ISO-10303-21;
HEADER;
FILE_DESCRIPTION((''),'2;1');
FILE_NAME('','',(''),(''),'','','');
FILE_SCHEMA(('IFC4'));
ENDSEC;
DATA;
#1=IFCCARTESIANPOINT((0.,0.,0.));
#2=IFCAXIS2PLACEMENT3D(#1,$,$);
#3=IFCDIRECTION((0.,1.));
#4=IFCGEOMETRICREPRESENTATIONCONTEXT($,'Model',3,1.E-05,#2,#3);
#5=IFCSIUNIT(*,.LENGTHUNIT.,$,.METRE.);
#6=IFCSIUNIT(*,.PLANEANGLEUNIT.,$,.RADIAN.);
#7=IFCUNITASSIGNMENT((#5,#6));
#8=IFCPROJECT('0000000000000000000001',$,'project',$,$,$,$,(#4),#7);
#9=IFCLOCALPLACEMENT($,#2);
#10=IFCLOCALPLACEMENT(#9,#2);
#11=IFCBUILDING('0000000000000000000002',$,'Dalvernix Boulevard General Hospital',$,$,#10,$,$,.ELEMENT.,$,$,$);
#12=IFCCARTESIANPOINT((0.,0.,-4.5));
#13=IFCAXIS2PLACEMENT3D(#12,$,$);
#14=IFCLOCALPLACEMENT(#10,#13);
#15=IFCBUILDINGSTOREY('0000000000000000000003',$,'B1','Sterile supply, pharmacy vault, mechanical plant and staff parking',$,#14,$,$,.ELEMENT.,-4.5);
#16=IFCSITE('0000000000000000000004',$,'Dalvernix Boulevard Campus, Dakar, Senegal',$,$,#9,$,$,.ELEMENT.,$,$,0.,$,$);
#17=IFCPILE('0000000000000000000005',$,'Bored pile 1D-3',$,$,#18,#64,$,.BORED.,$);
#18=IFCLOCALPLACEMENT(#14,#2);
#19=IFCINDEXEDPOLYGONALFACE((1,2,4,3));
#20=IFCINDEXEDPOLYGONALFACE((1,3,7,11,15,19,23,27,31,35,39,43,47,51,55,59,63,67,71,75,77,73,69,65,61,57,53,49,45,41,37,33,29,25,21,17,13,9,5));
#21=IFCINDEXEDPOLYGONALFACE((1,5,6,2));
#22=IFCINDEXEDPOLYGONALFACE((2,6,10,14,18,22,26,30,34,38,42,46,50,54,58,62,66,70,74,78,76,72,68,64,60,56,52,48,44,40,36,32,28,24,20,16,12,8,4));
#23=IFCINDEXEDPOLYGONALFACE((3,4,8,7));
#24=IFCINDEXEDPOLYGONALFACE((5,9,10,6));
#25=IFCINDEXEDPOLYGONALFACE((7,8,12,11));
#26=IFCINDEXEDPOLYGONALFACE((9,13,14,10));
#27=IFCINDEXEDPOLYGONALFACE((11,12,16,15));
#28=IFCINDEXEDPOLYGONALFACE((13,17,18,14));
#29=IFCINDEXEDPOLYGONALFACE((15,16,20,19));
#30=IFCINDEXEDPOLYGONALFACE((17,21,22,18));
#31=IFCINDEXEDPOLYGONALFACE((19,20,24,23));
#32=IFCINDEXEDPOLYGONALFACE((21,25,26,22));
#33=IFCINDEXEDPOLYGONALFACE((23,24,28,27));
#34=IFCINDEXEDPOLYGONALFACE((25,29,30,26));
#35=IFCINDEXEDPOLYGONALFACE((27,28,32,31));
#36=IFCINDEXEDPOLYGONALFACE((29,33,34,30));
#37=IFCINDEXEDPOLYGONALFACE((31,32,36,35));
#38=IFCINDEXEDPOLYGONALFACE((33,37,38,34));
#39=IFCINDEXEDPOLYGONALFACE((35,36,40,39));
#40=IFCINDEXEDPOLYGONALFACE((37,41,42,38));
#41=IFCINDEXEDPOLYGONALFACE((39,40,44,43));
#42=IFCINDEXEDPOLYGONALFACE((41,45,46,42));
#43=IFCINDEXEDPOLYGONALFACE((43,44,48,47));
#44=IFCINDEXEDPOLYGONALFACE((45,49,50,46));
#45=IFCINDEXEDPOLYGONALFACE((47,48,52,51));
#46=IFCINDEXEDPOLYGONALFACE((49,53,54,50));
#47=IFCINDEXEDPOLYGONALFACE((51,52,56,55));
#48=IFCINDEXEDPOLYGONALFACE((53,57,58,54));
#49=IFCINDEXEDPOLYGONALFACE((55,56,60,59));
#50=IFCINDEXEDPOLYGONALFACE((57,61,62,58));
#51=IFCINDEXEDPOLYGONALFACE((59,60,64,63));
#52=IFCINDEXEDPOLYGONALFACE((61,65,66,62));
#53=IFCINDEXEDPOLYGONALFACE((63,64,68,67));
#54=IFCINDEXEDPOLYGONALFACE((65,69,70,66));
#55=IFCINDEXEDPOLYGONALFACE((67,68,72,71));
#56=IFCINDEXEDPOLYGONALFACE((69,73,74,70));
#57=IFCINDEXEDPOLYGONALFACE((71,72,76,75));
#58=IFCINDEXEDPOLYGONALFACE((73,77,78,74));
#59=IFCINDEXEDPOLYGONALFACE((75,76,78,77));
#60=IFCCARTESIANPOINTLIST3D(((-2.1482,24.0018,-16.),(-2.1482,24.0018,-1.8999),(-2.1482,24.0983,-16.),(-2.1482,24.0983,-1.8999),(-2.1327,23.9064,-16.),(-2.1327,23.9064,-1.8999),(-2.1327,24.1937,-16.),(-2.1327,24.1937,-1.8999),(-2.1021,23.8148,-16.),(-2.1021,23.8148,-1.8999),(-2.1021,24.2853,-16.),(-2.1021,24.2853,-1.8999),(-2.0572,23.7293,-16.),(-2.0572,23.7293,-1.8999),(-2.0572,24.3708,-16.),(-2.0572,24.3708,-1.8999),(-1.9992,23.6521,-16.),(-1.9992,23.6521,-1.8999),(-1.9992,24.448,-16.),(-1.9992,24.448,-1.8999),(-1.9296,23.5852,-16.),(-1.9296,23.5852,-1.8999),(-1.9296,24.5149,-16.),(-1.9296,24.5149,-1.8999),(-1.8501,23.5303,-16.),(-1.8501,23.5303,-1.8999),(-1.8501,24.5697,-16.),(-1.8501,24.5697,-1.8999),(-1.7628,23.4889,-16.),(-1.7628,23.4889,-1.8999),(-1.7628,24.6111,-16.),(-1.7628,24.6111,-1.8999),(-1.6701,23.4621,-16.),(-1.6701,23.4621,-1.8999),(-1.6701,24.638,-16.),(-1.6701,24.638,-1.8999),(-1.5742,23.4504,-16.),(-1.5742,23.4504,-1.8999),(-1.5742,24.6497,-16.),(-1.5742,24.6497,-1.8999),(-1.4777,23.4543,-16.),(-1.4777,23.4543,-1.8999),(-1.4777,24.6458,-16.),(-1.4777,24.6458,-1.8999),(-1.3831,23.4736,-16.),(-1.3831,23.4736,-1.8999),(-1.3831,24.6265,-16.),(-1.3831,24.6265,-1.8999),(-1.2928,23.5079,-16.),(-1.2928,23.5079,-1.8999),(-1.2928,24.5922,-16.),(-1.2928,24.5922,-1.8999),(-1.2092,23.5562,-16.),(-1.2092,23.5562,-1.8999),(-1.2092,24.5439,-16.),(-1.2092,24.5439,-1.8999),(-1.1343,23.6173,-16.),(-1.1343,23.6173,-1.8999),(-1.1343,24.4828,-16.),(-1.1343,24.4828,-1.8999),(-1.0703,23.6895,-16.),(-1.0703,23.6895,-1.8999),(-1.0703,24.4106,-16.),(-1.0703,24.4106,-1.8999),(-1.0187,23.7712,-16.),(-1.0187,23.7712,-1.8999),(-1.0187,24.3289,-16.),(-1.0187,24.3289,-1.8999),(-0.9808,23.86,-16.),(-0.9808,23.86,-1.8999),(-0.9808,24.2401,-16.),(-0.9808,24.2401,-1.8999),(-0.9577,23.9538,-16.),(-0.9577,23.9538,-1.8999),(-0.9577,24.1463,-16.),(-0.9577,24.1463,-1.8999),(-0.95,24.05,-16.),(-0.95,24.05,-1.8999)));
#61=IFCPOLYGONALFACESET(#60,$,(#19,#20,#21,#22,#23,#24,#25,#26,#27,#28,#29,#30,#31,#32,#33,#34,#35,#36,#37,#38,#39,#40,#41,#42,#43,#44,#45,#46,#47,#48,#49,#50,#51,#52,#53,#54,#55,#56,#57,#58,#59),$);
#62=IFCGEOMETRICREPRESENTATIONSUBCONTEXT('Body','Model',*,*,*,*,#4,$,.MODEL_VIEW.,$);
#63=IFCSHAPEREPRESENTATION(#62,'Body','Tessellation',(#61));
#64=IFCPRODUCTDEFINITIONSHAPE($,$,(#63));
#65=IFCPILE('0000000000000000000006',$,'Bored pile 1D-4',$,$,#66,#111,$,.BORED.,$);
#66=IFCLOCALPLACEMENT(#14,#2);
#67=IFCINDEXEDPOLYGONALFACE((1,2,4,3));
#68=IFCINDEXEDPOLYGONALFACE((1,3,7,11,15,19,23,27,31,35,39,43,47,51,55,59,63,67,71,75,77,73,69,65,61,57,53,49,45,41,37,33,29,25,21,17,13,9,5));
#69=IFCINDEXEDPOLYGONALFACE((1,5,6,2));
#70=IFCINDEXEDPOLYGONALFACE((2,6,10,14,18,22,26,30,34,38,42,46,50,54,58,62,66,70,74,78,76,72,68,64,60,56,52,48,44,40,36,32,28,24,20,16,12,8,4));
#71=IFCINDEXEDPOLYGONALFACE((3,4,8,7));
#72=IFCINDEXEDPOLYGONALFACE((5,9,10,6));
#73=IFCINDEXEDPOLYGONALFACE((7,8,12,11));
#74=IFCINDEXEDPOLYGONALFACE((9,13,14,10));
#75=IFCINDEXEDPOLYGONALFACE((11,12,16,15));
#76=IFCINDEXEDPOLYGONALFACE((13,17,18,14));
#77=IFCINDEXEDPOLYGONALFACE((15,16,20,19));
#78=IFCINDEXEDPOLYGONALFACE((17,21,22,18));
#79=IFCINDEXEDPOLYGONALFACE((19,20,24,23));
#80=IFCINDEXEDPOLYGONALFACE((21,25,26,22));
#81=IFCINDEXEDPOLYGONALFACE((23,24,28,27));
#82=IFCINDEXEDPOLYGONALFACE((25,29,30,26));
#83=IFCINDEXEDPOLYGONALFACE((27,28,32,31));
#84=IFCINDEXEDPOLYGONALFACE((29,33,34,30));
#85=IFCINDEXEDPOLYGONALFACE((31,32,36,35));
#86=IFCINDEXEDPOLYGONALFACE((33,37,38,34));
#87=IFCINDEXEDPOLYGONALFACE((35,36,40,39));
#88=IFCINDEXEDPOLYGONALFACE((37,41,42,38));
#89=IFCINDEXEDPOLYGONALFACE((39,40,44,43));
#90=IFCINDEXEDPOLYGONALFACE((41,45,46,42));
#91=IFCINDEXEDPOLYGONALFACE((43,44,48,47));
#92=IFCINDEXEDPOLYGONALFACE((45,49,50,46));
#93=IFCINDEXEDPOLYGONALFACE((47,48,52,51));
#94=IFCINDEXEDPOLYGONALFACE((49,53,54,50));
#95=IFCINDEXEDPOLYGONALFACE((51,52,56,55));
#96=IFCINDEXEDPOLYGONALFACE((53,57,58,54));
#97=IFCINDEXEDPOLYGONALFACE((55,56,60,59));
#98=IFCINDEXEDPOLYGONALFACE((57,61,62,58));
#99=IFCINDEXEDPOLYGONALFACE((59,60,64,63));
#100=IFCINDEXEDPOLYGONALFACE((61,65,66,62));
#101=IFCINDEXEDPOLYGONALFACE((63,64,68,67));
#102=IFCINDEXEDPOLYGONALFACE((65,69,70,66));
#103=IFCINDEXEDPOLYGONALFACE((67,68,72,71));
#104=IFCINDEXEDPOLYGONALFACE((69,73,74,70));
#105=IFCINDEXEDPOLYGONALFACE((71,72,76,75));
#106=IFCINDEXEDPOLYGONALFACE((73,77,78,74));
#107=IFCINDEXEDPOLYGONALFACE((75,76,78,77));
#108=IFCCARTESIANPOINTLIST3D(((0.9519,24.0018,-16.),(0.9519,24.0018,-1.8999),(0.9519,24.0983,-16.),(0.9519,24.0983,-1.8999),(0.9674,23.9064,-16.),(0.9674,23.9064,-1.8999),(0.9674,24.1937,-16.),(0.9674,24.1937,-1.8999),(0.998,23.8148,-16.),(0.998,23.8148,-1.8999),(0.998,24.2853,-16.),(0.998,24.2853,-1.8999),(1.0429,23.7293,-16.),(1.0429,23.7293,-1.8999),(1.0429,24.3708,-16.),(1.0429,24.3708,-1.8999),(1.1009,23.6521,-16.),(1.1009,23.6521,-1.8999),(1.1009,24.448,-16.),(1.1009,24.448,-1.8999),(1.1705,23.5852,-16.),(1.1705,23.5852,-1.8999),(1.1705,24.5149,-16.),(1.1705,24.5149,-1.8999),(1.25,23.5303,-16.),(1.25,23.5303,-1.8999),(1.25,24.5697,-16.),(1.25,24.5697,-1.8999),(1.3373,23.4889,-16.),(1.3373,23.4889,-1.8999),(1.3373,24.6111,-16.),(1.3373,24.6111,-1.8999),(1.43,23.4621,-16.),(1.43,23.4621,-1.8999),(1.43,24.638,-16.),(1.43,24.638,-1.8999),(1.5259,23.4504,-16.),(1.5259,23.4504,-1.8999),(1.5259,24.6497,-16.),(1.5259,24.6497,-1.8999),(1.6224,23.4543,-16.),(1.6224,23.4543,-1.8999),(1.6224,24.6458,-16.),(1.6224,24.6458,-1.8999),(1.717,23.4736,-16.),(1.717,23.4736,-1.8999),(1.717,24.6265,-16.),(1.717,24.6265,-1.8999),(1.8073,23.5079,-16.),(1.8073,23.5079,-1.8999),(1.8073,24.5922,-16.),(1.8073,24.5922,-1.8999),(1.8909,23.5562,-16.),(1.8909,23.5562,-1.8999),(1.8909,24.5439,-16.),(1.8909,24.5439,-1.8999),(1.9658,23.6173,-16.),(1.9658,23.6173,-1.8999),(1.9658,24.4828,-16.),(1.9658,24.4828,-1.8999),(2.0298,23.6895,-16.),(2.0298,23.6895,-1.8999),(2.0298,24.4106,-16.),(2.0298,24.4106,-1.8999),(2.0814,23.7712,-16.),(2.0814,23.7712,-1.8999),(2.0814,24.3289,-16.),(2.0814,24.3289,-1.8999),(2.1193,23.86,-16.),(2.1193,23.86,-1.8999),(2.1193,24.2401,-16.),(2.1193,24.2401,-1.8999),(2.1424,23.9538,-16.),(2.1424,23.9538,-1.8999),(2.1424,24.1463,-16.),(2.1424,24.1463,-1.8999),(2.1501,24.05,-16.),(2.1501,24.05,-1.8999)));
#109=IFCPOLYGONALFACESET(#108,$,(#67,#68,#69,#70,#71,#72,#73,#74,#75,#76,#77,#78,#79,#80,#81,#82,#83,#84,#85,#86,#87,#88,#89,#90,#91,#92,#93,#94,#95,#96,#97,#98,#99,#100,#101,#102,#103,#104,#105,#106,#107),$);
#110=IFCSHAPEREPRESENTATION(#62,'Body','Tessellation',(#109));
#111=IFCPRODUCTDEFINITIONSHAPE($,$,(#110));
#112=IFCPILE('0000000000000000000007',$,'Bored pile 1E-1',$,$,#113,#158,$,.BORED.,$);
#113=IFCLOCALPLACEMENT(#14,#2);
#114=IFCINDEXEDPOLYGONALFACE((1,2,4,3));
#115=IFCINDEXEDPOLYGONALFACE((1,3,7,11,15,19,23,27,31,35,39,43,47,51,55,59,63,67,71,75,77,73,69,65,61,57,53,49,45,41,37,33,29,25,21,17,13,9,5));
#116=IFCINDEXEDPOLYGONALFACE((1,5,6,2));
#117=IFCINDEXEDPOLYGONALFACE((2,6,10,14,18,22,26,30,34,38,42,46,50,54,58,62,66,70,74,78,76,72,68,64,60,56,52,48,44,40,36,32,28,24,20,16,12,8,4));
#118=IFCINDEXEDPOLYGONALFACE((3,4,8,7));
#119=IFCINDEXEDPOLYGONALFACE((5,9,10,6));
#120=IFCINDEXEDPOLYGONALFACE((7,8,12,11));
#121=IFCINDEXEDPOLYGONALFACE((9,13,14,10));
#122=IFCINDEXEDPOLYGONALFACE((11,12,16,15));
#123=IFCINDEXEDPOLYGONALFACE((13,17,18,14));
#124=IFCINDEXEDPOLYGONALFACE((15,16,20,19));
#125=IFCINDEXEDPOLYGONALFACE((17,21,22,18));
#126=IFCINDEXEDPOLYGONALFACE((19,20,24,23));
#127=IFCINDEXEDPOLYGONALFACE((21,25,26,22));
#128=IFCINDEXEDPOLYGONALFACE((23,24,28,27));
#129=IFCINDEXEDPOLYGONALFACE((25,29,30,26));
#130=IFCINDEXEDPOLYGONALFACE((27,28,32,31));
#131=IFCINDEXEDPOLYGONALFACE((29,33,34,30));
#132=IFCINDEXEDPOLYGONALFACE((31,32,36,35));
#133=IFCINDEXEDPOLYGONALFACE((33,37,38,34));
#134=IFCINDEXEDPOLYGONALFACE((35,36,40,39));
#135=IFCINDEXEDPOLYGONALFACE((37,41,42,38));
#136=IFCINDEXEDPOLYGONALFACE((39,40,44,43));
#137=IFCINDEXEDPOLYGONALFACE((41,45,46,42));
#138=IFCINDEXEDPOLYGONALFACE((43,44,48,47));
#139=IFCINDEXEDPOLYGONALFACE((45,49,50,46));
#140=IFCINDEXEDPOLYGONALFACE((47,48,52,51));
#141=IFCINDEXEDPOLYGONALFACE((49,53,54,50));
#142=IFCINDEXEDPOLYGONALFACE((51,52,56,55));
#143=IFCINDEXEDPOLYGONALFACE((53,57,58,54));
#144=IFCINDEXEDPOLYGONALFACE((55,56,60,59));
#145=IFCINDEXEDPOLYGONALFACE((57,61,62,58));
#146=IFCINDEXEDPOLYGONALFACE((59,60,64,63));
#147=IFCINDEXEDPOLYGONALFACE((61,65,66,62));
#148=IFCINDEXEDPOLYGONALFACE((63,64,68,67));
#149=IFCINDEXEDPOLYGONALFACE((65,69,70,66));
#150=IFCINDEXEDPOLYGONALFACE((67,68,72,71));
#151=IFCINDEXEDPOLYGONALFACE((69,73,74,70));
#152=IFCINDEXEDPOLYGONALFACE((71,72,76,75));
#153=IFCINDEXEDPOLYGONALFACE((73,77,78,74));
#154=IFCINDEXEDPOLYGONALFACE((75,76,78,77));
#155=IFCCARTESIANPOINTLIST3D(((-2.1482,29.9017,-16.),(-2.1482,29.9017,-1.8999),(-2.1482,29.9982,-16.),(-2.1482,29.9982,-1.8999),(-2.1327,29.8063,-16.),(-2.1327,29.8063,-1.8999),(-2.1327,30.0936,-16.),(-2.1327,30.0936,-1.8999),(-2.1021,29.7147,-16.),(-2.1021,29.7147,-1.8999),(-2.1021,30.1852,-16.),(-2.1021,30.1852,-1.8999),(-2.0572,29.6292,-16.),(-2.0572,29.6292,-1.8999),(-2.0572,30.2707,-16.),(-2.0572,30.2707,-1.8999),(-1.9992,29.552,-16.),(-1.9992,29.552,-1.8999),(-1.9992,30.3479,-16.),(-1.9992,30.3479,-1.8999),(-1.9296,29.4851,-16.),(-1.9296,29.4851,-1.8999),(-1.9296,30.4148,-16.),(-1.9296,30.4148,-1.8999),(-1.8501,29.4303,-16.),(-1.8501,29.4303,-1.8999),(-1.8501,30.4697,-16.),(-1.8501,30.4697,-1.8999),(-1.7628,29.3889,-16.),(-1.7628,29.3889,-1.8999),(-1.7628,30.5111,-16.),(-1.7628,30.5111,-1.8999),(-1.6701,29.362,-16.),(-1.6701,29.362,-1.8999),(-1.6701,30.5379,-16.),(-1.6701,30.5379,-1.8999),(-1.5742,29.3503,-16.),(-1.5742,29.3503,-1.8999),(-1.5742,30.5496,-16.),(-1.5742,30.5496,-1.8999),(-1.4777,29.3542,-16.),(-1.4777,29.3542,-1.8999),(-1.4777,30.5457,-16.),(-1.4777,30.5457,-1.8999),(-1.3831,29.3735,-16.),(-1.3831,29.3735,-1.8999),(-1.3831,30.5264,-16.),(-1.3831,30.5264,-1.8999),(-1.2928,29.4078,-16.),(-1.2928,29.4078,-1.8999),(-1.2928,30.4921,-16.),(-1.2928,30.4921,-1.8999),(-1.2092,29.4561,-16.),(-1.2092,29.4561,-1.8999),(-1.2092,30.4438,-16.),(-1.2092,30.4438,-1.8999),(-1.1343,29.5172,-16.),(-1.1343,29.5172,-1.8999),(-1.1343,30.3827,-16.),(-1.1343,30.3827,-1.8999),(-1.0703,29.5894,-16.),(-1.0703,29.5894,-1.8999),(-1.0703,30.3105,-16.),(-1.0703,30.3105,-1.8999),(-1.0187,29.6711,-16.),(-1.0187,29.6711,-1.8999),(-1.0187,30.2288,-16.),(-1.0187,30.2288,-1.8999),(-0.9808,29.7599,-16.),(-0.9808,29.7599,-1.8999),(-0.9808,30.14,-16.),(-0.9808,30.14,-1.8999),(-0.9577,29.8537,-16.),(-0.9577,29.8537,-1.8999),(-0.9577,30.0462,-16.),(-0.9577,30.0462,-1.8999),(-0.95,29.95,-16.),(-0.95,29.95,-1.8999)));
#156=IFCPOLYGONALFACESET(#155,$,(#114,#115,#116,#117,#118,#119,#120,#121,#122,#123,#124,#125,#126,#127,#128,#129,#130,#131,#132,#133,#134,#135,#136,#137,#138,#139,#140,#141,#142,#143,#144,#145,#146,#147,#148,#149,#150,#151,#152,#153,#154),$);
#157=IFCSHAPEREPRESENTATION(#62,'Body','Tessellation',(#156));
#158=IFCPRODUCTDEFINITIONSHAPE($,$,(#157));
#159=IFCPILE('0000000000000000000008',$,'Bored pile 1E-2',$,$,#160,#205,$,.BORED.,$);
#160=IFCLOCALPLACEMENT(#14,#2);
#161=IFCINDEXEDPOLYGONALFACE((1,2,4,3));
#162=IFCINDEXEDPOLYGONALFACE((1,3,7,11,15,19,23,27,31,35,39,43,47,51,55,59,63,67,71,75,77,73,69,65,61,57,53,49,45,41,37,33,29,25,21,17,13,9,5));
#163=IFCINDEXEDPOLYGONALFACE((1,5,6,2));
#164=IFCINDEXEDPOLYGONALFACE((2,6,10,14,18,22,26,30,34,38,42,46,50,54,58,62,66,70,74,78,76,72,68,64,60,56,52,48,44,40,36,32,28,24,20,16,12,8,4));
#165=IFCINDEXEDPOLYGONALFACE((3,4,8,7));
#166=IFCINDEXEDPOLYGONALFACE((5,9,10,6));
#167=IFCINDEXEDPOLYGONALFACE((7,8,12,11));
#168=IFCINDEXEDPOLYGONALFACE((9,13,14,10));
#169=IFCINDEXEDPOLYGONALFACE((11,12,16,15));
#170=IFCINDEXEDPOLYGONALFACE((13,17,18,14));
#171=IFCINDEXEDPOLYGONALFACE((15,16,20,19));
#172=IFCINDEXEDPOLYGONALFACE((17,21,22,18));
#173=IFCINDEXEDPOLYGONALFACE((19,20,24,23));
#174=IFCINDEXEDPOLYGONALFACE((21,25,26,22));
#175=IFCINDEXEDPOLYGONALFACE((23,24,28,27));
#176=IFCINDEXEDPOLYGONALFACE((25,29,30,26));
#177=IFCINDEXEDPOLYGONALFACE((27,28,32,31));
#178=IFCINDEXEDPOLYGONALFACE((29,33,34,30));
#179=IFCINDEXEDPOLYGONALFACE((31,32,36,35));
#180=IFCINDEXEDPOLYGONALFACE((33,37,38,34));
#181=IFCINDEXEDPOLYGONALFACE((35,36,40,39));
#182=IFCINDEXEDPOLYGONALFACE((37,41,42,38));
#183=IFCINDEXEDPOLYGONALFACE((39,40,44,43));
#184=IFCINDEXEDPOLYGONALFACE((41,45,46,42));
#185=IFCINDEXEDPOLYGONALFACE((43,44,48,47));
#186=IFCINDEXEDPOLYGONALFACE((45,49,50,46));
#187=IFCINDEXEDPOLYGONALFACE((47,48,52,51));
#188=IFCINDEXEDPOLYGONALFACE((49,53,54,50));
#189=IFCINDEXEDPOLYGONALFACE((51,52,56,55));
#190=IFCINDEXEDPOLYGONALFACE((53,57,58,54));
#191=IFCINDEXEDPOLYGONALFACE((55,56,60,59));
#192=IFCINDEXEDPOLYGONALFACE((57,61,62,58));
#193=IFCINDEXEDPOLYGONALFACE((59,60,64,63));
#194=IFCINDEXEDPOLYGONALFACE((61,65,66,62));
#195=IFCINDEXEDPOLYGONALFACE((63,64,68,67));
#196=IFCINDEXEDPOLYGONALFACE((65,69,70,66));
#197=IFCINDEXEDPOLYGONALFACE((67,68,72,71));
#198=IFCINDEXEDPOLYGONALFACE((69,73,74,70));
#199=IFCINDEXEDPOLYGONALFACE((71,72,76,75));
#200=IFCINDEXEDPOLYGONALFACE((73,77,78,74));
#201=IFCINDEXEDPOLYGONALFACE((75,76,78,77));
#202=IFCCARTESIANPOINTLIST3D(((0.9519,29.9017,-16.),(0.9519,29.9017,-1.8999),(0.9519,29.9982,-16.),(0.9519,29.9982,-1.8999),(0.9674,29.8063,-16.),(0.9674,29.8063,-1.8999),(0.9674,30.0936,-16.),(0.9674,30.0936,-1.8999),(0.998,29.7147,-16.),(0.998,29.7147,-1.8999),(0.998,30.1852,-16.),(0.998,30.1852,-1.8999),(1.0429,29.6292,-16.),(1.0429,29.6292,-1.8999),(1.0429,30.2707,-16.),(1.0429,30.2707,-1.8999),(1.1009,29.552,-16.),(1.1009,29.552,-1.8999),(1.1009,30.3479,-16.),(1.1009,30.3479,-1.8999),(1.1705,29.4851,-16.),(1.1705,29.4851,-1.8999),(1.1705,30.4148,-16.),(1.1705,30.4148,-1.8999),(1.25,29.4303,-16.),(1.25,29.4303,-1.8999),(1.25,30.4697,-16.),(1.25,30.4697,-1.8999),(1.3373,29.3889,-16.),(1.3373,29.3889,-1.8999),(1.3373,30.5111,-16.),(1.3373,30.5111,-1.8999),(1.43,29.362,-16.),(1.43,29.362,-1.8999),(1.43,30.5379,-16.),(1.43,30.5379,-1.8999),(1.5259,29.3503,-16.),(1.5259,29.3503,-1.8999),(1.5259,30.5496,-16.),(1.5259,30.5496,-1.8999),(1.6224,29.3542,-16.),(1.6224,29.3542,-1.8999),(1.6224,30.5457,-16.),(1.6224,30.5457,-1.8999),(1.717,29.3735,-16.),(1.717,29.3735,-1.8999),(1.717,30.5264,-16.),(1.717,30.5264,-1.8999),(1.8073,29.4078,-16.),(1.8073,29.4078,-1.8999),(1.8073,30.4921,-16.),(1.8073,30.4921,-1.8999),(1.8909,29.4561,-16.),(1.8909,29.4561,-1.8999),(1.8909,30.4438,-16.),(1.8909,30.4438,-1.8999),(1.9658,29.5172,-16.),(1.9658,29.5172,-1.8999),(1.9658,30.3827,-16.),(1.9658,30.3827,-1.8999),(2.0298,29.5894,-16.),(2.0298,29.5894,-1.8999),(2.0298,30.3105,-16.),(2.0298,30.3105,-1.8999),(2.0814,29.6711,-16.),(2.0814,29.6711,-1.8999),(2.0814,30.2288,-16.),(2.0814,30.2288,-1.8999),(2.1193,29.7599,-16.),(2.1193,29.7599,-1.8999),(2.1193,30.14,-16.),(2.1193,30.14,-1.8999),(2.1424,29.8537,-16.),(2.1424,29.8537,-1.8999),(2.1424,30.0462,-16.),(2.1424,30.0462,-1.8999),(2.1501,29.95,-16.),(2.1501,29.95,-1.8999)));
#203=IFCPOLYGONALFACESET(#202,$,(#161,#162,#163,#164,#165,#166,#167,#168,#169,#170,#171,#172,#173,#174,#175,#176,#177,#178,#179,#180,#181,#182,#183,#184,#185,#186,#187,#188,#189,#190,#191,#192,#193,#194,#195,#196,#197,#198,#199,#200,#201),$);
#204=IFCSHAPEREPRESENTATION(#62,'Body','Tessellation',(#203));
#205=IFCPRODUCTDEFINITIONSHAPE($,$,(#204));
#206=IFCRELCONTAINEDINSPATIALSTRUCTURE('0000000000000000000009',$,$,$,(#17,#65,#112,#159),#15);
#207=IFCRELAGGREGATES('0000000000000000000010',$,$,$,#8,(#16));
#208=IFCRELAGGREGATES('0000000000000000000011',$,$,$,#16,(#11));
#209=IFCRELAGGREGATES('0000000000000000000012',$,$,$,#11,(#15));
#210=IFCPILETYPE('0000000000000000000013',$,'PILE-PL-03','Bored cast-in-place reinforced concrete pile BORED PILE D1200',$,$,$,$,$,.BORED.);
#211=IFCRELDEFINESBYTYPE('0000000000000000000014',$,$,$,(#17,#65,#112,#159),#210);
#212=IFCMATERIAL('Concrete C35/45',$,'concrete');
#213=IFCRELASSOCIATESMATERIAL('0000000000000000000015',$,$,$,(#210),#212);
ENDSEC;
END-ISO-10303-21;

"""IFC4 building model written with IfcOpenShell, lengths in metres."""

from ifc_helpers import new_model, si_unit, direction, frame, origin, origin_2d, place, context, subcontext, project, spatial, circle, extrude, material, material_profile, profile_set, type_object, element, save


model = new_model("IFC4")

# Units and contexts
model_context = context("Model", 3, precision=1e-05, world=origin(), true_north=direction((0.0, 1.0)))
body_context = subcontext(model_context, "Body", "Model", "MODEL_VIEW")
ifc_project = project(units=[si_unit("LENGTHUNIT", "METRE"), si_unit("PLANEANGLEUNIT", "RADIAN")], contexts=[model_context])

# Site, building, storey
site_placement = place(None, origin())
site = spatial("IfcSite", under=ifc_project, at=site_placement, Name="Dalvernix Boulevard Campus, Dakar, Senegal", CompositionType="ELEMENT", RefElevation=0.0)
building_placement = place(site_placement, origin())
building = spatial("IfcBuilding", under=site, at=building_placement, Name="Dalvernix Boulevard General Hospital", CompositionType="ELEMENT")
storey_placement = place(building_placement, frame((0.0, 0.0, -4.5)))
storey = spatial("IfcBuildingStorey", under=building, at=storey_placement, Name="B1", Description="Sterile supply, pharmacy vault, mechanical plant and staff parking", CompositionType="ELEMENT", Elevation=-4.5)

# Shared definitions
ifc_material_1 = material(Name="Concrete C35/45", Category="concrete")

# Piles
ifc_material_profile_1 = material_profile(ifc_material_1, circle(Radius=0.6001, at=origin_2d()), Name="BORED PILE D1200")
ifc_profile_set_1 = profile_set([ifc_material_profile_1], Name="Concrete C35/45")
pile_type = type_object("IfcPileType", Name="PILE-PL-03", Description="Bored cast-in-place reinforced concrete pile BORED PILE D1200", PredefinedType="BORED", material=ifc_profile_set_1)
for number, where, z_axis, x_axis, name in (
    (1, (-1.55, 24.05, -1.8999), (0.0, 0.0, -1.0), (1.0, 0.0, 0.0), "Bored pile 1D-3"),
    (2, (1.55, 24.05, -1.8999), (0.0, 0.0, -1.0), (1.0, 0.0, 0.0), "Bored pile 1D-4"),
    (3, (-1.55, 29.95, -1.8999), (0.0, 0.0, -1.0), (1.0, 0.0, 0.0), "Bored pile 1E-1"),
    (4, (1.55, 29.95, -1.8999), (0.0, 0.0, -1.0), (1.0, 0.0, 0.0), "Bored pile 1E-2"),
):
    element("IfcPile", number, at=place(storey_placement, frame(where, z_axis=z_axis, x_axis=x_axis)), inside=storey, type_object=pile_type, Name=name, PredefinedType="BORED", context=body_context, shape_type="SweptSolid", body=[
        extrude(circle(Radius=0.6001, at=origin_2d()), origin(), (0.0, 0.0, 1.0), 14.1001),
    ])

save(model, "model.ifc")
